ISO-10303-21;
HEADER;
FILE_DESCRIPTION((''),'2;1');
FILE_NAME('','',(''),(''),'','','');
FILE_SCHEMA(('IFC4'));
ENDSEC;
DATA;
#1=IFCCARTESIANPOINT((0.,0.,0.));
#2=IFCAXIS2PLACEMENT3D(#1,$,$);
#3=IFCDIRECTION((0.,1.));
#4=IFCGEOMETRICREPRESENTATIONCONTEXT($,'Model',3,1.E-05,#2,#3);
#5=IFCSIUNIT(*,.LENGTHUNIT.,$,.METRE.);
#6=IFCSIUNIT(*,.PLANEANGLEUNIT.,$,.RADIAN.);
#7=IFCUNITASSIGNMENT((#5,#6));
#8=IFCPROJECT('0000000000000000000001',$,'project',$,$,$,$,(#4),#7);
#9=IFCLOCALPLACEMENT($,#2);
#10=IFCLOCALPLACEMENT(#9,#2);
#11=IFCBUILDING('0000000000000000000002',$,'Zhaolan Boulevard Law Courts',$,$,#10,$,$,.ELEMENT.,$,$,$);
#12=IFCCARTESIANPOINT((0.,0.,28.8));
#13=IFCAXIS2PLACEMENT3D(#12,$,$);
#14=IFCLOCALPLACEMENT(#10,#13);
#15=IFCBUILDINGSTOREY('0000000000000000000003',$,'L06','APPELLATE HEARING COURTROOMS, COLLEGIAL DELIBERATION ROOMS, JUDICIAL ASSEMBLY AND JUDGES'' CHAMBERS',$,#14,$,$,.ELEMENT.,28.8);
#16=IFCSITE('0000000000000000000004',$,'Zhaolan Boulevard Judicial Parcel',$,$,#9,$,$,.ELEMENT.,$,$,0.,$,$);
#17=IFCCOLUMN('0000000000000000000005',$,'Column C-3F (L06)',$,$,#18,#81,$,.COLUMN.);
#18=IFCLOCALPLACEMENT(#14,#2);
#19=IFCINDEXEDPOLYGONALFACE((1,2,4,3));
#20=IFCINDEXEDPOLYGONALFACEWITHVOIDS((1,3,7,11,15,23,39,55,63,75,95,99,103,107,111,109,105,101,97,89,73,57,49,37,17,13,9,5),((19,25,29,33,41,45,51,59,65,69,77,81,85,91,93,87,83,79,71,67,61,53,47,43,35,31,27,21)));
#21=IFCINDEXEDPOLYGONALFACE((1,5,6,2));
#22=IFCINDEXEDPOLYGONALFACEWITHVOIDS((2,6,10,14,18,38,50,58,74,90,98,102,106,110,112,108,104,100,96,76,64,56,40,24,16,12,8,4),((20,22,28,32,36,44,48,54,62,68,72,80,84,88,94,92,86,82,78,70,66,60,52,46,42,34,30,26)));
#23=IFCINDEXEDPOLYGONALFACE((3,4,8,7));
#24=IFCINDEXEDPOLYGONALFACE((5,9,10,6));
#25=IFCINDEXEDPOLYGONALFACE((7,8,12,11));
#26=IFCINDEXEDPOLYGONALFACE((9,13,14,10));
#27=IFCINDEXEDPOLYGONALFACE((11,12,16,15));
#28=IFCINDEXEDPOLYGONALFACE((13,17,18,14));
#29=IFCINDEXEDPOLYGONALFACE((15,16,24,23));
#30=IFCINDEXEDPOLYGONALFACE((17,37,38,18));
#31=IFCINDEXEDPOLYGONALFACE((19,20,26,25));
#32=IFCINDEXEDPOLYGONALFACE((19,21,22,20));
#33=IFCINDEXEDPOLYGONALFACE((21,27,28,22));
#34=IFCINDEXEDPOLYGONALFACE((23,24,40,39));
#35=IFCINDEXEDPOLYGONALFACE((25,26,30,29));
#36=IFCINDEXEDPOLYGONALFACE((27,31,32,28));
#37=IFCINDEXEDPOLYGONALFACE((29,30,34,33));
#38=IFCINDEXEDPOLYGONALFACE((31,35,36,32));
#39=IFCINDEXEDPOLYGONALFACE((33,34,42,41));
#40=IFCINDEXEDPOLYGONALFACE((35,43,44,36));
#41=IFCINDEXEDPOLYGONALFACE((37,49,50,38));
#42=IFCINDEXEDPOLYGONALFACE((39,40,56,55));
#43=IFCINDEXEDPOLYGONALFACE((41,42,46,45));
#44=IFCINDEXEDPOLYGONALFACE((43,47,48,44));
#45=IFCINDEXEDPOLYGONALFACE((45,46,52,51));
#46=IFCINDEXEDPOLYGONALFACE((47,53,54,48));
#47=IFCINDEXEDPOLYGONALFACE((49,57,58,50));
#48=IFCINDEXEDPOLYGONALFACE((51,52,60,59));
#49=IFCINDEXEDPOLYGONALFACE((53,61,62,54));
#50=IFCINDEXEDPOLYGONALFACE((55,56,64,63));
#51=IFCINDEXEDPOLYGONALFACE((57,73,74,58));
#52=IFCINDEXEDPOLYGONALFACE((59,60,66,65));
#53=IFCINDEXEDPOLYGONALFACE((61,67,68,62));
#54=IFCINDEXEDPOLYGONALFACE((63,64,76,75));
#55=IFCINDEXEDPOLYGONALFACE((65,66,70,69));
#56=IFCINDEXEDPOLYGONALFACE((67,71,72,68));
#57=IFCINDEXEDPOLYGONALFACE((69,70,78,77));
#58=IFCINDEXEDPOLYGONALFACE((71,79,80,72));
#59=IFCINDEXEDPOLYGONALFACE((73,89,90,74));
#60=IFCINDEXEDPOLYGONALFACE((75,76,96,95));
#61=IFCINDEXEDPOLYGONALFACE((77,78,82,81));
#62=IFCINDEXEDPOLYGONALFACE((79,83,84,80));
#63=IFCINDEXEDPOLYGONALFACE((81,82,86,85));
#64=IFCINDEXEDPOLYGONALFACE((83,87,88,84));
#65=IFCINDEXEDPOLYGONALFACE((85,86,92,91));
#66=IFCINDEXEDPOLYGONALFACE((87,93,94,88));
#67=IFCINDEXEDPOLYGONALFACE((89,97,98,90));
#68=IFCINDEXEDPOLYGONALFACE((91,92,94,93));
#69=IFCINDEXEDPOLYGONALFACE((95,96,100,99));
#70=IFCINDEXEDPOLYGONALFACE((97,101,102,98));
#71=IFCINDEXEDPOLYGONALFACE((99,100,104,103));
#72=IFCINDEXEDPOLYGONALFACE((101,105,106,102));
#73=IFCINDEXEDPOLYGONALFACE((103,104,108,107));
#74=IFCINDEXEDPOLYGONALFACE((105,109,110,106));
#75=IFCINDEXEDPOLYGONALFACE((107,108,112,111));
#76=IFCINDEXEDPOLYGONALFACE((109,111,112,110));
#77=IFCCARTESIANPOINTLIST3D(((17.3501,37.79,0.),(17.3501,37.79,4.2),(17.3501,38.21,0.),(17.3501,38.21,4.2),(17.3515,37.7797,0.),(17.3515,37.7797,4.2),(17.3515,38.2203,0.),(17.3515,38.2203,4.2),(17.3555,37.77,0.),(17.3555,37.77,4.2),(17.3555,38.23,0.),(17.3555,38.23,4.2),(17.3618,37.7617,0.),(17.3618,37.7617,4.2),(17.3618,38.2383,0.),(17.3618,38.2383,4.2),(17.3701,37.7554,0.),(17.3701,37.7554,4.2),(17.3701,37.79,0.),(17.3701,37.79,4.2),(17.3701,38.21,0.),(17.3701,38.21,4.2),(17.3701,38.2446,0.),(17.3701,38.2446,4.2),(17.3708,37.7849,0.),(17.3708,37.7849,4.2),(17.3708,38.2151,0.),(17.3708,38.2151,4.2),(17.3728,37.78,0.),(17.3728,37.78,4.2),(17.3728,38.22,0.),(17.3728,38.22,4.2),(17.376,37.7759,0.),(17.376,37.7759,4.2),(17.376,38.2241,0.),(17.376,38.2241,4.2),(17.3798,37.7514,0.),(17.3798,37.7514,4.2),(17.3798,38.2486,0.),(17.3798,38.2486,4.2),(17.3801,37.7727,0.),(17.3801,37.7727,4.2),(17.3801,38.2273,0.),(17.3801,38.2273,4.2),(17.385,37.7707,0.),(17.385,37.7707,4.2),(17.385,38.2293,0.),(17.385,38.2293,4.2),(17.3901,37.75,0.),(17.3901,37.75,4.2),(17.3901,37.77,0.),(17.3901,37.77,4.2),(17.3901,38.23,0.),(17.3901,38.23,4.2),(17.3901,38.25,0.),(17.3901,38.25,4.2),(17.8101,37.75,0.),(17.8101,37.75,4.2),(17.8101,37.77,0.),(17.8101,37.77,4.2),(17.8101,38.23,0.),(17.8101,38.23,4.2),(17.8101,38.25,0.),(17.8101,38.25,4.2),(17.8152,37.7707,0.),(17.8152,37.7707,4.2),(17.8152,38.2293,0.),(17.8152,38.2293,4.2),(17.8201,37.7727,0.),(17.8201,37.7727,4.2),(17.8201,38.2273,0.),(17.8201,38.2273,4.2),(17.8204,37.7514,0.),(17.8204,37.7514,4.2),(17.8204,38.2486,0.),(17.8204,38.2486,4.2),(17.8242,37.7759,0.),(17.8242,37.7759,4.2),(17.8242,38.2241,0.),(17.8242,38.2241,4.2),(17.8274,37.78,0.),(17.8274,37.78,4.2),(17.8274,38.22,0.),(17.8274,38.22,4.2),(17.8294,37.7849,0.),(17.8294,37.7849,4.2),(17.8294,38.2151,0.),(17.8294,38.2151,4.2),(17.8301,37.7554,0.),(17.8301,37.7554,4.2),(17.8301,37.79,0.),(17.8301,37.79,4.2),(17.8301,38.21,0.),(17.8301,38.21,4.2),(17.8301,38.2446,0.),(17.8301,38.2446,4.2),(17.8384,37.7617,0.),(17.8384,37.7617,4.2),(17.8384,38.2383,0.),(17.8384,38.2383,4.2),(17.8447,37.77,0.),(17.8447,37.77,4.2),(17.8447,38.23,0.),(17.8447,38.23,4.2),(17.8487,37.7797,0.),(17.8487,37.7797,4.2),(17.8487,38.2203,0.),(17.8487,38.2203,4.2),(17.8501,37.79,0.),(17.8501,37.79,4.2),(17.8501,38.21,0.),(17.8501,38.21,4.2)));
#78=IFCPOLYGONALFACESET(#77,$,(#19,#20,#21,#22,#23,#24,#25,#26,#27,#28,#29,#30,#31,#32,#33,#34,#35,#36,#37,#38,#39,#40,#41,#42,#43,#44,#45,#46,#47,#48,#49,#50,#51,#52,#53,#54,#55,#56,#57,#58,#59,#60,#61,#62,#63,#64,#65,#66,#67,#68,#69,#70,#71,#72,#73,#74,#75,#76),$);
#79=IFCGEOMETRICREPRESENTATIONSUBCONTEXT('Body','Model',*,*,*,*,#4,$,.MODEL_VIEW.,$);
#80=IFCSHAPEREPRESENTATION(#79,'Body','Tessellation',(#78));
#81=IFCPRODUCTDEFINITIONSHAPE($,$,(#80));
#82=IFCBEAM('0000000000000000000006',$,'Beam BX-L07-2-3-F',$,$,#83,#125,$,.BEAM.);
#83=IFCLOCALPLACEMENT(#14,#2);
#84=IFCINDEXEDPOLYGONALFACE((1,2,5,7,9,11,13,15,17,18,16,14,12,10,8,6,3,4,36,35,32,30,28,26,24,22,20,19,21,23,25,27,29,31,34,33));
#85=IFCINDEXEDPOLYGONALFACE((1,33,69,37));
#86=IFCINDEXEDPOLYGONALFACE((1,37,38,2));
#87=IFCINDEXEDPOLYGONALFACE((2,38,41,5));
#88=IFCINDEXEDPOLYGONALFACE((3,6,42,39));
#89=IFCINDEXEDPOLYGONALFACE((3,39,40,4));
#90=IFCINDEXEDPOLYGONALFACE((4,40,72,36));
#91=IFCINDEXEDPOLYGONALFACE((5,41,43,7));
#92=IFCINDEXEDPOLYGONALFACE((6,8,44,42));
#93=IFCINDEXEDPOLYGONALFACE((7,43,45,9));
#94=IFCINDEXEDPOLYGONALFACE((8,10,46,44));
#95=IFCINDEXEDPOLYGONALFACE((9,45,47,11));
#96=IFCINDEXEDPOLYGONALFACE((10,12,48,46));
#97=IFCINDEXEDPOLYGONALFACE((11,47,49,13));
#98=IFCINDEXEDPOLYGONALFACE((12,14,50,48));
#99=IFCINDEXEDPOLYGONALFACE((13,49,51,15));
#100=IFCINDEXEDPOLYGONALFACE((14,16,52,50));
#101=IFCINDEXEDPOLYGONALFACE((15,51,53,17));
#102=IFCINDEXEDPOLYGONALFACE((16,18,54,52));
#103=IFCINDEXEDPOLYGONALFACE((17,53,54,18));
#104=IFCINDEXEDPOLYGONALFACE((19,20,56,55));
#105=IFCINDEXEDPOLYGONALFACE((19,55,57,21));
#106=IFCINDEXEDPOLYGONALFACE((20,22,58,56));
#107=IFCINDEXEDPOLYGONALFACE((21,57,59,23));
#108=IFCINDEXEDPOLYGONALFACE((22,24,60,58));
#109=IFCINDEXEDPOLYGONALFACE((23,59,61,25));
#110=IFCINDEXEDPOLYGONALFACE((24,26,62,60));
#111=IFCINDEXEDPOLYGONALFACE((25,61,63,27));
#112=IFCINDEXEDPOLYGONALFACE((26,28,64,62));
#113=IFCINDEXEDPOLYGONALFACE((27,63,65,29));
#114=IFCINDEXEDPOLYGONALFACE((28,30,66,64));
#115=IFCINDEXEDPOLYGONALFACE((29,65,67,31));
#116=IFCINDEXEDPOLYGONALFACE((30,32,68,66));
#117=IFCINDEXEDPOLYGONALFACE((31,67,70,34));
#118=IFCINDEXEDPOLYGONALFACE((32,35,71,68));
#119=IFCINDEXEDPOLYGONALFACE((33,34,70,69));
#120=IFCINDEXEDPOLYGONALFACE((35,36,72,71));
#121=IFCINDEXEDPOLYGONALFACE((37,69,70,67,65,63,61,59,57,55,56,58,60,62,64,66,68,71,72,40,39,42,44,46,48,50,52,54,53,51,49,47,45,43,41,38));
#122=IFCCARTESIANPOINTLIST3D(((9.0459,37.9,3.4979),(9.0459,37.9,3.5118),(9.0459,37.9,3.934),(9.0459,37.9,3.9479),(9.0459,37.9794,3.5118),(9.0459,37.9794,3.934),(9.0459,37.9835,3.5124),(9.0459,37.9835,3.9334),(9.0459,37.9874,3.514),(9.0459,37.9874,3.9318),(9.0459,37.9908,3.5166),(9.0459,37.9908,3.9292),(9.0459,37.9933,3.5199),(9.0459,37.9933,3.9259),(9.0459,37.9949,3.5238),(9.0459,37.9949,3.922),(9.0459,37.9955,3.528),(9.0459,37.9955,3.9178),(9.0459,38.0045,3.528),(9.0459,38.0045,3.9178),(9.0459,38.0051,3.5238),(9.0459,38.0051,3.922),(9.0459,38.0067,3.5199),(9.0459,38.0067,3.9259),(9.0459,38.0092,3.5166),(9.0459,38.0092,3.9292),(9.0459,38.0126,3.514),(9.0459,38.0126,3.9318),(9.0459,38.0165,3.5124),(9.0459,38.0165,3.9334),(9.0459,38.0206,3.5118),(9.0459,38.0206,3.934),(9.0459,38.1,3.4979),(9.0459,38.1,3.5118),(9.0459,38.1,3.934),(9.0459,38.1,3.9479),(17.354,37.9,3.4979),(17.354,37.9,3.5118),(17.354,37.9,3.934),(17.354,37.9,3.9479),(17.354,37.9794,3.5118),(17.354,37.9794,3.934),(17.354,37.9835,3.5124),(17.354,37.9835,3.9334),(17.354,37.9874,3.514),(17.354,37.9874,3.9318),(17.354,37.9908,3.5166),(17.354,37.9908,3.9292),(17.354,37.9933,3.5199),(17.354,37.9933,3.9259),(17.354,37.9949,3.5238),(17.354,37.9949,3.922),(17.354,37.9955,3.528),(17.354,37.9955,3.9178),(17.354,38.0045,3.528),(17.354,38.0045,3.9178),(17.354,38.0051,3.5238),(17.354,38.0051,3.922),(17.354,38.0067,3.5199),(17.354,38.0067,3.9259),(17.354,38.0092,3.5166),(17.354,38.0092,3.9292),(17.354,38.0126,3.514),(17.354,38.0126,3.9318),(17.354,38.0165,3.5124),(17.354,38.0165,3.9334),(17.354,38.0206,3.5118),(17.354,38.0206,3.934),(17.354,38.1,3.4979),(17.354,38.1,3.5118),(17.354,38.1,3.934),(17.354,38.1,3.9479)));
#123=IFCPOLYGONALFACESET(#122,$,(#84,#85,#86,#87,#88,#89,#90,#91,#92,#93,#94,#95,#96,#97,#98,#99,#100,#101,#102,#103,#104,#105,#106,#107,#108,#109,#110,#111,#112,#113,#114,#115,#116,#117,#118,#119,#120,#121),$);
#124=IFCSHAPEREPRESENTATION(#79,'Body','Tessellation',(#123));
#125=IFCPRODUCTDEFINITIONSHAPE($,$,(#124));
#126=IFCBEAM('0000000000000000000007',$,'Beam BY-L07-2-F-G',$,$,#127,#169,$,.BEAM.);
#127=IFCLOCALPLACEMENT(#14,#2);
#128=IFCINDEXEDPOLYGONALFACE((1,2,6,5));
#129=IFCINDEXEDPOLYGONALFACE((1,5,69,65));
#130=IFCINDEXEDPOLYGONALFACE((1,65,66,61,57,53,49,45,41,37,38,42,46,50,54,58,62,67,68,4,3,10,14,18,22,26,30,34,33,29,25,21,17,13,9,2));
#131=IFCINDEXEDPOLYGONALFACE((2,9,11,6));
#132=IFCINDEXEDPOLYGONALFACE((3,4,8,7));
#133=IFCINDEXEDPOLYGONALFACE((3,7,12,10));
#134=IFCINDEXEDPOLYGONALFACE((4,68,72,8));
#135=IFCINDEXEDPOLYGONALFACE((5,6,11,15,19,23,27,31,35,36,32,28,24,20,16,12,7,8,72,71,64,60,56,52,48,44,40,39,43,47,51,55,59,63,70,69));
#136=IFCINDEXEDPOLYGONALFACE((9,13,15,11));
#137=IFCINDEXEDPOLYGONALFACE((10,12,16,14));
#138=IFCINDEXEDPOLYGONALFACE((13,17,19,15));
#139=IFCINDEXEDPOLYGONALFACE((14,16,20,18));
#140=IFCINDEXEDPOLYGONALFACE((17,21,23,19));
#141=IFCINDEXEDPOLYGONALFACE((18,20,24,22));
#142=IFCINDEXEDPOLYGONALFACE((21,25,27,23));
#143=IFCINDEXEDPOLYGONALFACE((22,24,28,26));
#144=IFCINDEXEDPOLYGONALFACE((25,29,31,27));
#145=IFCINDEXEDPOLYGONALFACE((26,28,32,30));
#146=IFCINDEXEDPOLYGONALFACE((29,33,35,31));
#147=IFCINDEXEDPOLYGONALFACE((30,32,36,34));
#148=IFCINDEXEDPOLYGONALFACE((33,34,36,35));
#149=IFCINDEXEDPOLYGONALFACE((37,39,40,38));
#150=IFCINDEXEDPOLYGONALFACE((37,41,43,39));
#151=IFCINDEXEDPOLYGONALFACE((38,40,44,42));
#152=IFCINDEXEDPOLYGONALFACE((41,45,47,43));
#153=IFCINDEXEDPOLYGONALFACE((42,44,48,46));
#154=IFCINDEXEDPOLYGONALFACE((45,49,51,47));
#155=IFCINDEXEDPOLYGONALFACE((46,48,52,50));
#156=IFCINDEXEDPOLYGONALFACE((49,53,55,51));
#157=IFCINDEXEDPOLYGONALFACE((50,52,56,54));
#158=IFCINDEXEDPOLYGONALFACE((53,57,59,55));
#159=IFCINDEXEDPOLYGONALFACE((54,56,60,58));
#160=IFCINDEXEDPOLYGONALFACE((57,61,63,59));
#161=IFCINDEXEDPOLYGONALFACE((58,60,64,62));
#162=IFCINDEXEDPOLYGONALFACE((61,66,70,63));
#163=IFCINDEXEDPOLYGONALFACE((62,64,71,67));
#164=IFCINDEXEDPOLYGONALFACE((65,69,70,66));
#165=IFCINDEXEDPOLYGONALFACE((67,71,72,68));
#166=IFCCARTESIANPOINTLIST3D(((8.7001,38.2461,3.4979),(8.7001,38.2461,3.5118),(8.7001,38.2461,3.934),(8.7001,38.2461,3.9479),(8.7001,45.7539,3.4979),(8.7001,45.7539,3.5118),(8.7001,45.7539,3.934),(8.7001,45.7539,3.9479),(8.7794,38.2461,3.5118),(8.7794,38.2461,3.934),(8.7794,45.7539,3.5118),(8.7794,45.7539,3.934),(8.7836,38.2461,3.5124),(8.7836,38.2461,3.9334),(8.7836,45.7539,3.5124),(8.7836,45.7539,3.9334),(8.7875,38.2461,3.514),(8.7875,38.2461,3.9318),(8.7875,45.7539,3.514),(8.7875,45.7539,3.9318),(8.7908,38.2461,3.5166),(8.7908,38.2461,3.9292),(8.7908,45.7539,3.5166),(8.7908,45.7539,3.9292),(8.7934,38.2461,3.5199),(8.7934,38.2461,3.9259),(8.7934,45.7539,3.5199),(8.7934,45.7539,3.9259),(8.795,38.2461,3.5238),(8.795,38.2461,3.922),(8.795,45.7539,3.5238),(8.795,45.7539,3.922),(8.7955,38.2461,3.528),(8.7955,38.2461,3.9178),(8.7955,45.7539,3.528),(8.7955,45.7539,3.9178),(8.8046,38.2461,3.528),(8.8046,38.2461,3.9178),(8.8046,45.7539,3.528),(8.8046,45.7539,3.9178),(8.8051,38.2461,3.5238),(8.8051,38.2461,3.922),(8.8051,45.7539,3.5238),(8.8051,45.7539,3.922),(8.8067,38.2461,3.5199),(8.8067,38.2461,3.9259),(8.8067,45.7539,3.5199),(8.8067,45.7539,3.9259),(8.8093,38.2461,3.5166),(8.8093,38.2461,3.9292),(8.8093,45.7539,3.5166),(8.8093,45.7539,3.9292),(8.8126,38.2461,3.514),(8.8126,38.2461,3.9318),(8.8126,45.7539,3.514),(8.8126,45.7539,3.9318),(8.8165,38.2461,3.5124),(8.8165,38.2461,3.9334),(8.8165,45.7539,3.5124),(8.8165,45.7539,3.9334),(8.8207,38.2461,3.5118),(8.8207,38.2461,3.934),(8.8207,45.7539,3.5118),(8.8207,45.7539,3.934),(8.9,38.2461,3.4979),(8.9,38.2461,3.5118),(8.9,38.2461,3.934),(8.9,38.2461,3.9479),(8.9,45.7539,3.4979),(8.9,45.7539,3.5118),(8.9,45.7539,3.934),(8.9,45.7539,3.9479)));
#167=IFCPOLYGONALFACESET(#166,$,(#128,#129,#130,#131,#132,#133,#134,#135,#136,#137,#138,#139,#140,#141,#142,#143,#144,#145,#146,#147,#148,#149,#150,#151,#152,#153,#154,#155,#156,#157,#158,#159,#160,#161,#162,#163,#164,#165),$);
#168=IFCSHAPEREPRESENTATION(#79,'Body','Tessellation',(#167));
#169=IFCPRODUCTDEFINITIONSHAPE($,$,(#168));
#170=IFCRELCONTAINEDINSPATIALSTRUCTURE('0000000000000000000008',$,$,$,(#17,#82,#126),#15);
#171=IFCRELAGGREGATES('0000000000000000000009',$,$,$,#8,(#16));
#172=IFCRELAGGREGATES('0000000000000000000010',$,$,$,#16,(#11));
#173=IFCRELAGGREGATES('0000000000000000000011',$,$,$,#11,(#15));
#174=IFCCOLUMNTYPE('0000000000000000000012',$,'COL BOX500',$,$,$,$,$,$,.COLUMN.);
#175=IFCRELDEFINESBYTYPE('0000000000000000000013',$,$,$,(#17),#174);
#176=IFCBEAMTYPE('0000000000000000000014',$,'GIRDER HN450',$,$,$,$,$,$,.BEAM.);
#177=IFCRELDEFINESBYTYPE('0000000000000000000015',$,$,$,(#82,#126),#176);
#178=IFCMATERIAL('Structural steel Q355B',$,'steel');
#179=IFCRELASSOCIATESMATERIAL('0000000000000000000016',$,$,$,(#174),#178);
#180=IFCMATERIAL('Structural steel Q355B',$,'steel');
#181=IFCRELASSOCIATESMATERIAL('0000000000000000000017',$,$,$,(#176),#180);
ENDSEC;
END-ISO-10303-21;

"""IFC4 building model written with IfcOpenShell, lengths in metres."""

from ifc_helpers import new_model, si_unit, direction, frame, origin, origin_2d, place, context, subcontext, project, spatial, hollow_rectangle, i_section, extrude, material, material_profile, profile_set, type_object, element, save


model = new_model("IFC4")

# Units and contexts
model_context = context("Model", 3, precision=1e-05, world=origin(), true_north=direction((0.0, 1.0)))
body_context = subcontext(model_context, "Body", "Model", "MODEL_VIEW")
ifc_project = project(units=[si_unit("LENGTHUNIT", "METRE"), si_unit("PLANEANGLEUNIT", "RADIAN")], contexts=[model_context])

# Site, building, storey
site_placement = place(None, origin())
site = spatial("IfcSite", under=ifc_project, at=site_placement, Name="Zhaolan Boulevard Judicial Parcel", CompositionType="ELEMENT", RefElevation=0.0)
building_placement = place(site_placement, origin())
building = spatial("IfcBuilding", under=site, at=building_placement, Name="Zhaolan Boulevard Law Courts", CompositionType="ELEMENT")
storey_placement = place(building_placement, frame((0.0, 0.0, 28.8)))
storey = spatial("IfcBuildingStorey", under=building, at=storey_placement, Name="L06", Description="APPELLATE HEARING COURTROOMS, COLLEGIAL DELIBERATION ROOMS, JUDICIAL ASSEMBLY AND JUDGES' CHAMBERS", CompositionType="ELEMENT", Elevation=28.8)

# Column
ifc_material_1 = material(Name="Structural steel Q355B", Category="steel")
ifc_material_profile_1 = material_profile(ifc_material_1, hollow_rectangle(XDim=0.5, YDim=0.5, WallThickness=0.02, InnerFilletRadius=0.02, OuterFilletRadius=0.04, at=origin_2d()), Name="BOX500x500x20")
ifc_profile_set_1 = profile_set([ifc_material_profile_1], Name="Structural steel Q355B")
column_type = type_object("IfcColumnType", Name="COL BOX500", PredefinedType="COLUMN", material=ifc_profile_set_1)
column_placement = place(storey_placement, frame((17.6001, 38.0, 0.0), z_axis=(0.0, 0.0, 1.0), x_axis=(1.0, 0.0, 0.0)))
element("IfcColumn", 1, at=column_placement, inside=storey, type_object=column_type, Name="Column C-3F (L06)", PredefinedType="COLUMN", context=body_context, shape_type="SweptSolid", body=[
    extrude(hollow_rectangle(XDim=0.5, YDim=0.5, WallThickness=0.02, InnerFilletRadius=0.02, OuterFilletRadius=0.04, at=origin_2d()), origin(), (0.0, 0.0, 1.0), 4.2),
])

# Beams
ifc_material_2 = material(Name="Structural steel Q355B", Category="steel")
ifc_material_profile_2 = material_profile(ifc_material_2, i_section(OverallWidth=0.2, OverallDepth=0.45, WebThickness=0.009, FlangeThickness=0.0139, FilletRadius=0.0161, at=origin_2d()), Name="HN450x200")
ifc_profile_set_2 = profile_set([ifc_material_profile_2], Name="Structural steel Q355B")
beam_type_1 = type_object("IfcBeamType", Name="GIRDER HN450", PredefinedType="BEAM", material=ifc_profile_set_2)
beam_1_placement = place(storey_placement, frame((9.0459, 38.0, 3.7229), z_axis=(1.0, 0.0, 0.0), x_axis=(0.0, 1.0, 0.0)))
element("IfcBeam", 2, at=beam_1_placement, inside=storey, type_object=beam_type_1, Name="Beam BX-L07-2-3-F", PredefinedType="BEAM", context=body_context, shape_type="SweptSolid", body=[
    extrude(i_section(OverallWidth=0.2, OverallDepth=0.45, WebThickness=0.009, FlangeThickness=0.0139, FilletRadius=0.0161, at=origin_2d()), origin(), (0.0, 0.0, 1.0), 8.3081),
])
beam_2_placement = place(storey_placement, frame((8.8, 38.2461, 3.7229), z_axis=(0.0, 1.0, 0.0), x_axis=(-1.0, 0.0, 0.0)))
element("IfcBeam", 3, at=beam_2_placement, inside=storey, type_object=beam_type_1, Name="Beam BY-L07-2-F-G", PredefinedType="BEAM", context=body_context, shape_type="SweptSolid", body=[
    extrude(i_section(OverallWidth=0.2, OverallDepth=0.45, WebThickness=0.009, FlangeThickness=0.0139, FilletRadius=0.0161, at=origin_2d()), origin(), (0.0, 0.0, 1.0), 7.5078),
])

save(model, "model.ifc")
